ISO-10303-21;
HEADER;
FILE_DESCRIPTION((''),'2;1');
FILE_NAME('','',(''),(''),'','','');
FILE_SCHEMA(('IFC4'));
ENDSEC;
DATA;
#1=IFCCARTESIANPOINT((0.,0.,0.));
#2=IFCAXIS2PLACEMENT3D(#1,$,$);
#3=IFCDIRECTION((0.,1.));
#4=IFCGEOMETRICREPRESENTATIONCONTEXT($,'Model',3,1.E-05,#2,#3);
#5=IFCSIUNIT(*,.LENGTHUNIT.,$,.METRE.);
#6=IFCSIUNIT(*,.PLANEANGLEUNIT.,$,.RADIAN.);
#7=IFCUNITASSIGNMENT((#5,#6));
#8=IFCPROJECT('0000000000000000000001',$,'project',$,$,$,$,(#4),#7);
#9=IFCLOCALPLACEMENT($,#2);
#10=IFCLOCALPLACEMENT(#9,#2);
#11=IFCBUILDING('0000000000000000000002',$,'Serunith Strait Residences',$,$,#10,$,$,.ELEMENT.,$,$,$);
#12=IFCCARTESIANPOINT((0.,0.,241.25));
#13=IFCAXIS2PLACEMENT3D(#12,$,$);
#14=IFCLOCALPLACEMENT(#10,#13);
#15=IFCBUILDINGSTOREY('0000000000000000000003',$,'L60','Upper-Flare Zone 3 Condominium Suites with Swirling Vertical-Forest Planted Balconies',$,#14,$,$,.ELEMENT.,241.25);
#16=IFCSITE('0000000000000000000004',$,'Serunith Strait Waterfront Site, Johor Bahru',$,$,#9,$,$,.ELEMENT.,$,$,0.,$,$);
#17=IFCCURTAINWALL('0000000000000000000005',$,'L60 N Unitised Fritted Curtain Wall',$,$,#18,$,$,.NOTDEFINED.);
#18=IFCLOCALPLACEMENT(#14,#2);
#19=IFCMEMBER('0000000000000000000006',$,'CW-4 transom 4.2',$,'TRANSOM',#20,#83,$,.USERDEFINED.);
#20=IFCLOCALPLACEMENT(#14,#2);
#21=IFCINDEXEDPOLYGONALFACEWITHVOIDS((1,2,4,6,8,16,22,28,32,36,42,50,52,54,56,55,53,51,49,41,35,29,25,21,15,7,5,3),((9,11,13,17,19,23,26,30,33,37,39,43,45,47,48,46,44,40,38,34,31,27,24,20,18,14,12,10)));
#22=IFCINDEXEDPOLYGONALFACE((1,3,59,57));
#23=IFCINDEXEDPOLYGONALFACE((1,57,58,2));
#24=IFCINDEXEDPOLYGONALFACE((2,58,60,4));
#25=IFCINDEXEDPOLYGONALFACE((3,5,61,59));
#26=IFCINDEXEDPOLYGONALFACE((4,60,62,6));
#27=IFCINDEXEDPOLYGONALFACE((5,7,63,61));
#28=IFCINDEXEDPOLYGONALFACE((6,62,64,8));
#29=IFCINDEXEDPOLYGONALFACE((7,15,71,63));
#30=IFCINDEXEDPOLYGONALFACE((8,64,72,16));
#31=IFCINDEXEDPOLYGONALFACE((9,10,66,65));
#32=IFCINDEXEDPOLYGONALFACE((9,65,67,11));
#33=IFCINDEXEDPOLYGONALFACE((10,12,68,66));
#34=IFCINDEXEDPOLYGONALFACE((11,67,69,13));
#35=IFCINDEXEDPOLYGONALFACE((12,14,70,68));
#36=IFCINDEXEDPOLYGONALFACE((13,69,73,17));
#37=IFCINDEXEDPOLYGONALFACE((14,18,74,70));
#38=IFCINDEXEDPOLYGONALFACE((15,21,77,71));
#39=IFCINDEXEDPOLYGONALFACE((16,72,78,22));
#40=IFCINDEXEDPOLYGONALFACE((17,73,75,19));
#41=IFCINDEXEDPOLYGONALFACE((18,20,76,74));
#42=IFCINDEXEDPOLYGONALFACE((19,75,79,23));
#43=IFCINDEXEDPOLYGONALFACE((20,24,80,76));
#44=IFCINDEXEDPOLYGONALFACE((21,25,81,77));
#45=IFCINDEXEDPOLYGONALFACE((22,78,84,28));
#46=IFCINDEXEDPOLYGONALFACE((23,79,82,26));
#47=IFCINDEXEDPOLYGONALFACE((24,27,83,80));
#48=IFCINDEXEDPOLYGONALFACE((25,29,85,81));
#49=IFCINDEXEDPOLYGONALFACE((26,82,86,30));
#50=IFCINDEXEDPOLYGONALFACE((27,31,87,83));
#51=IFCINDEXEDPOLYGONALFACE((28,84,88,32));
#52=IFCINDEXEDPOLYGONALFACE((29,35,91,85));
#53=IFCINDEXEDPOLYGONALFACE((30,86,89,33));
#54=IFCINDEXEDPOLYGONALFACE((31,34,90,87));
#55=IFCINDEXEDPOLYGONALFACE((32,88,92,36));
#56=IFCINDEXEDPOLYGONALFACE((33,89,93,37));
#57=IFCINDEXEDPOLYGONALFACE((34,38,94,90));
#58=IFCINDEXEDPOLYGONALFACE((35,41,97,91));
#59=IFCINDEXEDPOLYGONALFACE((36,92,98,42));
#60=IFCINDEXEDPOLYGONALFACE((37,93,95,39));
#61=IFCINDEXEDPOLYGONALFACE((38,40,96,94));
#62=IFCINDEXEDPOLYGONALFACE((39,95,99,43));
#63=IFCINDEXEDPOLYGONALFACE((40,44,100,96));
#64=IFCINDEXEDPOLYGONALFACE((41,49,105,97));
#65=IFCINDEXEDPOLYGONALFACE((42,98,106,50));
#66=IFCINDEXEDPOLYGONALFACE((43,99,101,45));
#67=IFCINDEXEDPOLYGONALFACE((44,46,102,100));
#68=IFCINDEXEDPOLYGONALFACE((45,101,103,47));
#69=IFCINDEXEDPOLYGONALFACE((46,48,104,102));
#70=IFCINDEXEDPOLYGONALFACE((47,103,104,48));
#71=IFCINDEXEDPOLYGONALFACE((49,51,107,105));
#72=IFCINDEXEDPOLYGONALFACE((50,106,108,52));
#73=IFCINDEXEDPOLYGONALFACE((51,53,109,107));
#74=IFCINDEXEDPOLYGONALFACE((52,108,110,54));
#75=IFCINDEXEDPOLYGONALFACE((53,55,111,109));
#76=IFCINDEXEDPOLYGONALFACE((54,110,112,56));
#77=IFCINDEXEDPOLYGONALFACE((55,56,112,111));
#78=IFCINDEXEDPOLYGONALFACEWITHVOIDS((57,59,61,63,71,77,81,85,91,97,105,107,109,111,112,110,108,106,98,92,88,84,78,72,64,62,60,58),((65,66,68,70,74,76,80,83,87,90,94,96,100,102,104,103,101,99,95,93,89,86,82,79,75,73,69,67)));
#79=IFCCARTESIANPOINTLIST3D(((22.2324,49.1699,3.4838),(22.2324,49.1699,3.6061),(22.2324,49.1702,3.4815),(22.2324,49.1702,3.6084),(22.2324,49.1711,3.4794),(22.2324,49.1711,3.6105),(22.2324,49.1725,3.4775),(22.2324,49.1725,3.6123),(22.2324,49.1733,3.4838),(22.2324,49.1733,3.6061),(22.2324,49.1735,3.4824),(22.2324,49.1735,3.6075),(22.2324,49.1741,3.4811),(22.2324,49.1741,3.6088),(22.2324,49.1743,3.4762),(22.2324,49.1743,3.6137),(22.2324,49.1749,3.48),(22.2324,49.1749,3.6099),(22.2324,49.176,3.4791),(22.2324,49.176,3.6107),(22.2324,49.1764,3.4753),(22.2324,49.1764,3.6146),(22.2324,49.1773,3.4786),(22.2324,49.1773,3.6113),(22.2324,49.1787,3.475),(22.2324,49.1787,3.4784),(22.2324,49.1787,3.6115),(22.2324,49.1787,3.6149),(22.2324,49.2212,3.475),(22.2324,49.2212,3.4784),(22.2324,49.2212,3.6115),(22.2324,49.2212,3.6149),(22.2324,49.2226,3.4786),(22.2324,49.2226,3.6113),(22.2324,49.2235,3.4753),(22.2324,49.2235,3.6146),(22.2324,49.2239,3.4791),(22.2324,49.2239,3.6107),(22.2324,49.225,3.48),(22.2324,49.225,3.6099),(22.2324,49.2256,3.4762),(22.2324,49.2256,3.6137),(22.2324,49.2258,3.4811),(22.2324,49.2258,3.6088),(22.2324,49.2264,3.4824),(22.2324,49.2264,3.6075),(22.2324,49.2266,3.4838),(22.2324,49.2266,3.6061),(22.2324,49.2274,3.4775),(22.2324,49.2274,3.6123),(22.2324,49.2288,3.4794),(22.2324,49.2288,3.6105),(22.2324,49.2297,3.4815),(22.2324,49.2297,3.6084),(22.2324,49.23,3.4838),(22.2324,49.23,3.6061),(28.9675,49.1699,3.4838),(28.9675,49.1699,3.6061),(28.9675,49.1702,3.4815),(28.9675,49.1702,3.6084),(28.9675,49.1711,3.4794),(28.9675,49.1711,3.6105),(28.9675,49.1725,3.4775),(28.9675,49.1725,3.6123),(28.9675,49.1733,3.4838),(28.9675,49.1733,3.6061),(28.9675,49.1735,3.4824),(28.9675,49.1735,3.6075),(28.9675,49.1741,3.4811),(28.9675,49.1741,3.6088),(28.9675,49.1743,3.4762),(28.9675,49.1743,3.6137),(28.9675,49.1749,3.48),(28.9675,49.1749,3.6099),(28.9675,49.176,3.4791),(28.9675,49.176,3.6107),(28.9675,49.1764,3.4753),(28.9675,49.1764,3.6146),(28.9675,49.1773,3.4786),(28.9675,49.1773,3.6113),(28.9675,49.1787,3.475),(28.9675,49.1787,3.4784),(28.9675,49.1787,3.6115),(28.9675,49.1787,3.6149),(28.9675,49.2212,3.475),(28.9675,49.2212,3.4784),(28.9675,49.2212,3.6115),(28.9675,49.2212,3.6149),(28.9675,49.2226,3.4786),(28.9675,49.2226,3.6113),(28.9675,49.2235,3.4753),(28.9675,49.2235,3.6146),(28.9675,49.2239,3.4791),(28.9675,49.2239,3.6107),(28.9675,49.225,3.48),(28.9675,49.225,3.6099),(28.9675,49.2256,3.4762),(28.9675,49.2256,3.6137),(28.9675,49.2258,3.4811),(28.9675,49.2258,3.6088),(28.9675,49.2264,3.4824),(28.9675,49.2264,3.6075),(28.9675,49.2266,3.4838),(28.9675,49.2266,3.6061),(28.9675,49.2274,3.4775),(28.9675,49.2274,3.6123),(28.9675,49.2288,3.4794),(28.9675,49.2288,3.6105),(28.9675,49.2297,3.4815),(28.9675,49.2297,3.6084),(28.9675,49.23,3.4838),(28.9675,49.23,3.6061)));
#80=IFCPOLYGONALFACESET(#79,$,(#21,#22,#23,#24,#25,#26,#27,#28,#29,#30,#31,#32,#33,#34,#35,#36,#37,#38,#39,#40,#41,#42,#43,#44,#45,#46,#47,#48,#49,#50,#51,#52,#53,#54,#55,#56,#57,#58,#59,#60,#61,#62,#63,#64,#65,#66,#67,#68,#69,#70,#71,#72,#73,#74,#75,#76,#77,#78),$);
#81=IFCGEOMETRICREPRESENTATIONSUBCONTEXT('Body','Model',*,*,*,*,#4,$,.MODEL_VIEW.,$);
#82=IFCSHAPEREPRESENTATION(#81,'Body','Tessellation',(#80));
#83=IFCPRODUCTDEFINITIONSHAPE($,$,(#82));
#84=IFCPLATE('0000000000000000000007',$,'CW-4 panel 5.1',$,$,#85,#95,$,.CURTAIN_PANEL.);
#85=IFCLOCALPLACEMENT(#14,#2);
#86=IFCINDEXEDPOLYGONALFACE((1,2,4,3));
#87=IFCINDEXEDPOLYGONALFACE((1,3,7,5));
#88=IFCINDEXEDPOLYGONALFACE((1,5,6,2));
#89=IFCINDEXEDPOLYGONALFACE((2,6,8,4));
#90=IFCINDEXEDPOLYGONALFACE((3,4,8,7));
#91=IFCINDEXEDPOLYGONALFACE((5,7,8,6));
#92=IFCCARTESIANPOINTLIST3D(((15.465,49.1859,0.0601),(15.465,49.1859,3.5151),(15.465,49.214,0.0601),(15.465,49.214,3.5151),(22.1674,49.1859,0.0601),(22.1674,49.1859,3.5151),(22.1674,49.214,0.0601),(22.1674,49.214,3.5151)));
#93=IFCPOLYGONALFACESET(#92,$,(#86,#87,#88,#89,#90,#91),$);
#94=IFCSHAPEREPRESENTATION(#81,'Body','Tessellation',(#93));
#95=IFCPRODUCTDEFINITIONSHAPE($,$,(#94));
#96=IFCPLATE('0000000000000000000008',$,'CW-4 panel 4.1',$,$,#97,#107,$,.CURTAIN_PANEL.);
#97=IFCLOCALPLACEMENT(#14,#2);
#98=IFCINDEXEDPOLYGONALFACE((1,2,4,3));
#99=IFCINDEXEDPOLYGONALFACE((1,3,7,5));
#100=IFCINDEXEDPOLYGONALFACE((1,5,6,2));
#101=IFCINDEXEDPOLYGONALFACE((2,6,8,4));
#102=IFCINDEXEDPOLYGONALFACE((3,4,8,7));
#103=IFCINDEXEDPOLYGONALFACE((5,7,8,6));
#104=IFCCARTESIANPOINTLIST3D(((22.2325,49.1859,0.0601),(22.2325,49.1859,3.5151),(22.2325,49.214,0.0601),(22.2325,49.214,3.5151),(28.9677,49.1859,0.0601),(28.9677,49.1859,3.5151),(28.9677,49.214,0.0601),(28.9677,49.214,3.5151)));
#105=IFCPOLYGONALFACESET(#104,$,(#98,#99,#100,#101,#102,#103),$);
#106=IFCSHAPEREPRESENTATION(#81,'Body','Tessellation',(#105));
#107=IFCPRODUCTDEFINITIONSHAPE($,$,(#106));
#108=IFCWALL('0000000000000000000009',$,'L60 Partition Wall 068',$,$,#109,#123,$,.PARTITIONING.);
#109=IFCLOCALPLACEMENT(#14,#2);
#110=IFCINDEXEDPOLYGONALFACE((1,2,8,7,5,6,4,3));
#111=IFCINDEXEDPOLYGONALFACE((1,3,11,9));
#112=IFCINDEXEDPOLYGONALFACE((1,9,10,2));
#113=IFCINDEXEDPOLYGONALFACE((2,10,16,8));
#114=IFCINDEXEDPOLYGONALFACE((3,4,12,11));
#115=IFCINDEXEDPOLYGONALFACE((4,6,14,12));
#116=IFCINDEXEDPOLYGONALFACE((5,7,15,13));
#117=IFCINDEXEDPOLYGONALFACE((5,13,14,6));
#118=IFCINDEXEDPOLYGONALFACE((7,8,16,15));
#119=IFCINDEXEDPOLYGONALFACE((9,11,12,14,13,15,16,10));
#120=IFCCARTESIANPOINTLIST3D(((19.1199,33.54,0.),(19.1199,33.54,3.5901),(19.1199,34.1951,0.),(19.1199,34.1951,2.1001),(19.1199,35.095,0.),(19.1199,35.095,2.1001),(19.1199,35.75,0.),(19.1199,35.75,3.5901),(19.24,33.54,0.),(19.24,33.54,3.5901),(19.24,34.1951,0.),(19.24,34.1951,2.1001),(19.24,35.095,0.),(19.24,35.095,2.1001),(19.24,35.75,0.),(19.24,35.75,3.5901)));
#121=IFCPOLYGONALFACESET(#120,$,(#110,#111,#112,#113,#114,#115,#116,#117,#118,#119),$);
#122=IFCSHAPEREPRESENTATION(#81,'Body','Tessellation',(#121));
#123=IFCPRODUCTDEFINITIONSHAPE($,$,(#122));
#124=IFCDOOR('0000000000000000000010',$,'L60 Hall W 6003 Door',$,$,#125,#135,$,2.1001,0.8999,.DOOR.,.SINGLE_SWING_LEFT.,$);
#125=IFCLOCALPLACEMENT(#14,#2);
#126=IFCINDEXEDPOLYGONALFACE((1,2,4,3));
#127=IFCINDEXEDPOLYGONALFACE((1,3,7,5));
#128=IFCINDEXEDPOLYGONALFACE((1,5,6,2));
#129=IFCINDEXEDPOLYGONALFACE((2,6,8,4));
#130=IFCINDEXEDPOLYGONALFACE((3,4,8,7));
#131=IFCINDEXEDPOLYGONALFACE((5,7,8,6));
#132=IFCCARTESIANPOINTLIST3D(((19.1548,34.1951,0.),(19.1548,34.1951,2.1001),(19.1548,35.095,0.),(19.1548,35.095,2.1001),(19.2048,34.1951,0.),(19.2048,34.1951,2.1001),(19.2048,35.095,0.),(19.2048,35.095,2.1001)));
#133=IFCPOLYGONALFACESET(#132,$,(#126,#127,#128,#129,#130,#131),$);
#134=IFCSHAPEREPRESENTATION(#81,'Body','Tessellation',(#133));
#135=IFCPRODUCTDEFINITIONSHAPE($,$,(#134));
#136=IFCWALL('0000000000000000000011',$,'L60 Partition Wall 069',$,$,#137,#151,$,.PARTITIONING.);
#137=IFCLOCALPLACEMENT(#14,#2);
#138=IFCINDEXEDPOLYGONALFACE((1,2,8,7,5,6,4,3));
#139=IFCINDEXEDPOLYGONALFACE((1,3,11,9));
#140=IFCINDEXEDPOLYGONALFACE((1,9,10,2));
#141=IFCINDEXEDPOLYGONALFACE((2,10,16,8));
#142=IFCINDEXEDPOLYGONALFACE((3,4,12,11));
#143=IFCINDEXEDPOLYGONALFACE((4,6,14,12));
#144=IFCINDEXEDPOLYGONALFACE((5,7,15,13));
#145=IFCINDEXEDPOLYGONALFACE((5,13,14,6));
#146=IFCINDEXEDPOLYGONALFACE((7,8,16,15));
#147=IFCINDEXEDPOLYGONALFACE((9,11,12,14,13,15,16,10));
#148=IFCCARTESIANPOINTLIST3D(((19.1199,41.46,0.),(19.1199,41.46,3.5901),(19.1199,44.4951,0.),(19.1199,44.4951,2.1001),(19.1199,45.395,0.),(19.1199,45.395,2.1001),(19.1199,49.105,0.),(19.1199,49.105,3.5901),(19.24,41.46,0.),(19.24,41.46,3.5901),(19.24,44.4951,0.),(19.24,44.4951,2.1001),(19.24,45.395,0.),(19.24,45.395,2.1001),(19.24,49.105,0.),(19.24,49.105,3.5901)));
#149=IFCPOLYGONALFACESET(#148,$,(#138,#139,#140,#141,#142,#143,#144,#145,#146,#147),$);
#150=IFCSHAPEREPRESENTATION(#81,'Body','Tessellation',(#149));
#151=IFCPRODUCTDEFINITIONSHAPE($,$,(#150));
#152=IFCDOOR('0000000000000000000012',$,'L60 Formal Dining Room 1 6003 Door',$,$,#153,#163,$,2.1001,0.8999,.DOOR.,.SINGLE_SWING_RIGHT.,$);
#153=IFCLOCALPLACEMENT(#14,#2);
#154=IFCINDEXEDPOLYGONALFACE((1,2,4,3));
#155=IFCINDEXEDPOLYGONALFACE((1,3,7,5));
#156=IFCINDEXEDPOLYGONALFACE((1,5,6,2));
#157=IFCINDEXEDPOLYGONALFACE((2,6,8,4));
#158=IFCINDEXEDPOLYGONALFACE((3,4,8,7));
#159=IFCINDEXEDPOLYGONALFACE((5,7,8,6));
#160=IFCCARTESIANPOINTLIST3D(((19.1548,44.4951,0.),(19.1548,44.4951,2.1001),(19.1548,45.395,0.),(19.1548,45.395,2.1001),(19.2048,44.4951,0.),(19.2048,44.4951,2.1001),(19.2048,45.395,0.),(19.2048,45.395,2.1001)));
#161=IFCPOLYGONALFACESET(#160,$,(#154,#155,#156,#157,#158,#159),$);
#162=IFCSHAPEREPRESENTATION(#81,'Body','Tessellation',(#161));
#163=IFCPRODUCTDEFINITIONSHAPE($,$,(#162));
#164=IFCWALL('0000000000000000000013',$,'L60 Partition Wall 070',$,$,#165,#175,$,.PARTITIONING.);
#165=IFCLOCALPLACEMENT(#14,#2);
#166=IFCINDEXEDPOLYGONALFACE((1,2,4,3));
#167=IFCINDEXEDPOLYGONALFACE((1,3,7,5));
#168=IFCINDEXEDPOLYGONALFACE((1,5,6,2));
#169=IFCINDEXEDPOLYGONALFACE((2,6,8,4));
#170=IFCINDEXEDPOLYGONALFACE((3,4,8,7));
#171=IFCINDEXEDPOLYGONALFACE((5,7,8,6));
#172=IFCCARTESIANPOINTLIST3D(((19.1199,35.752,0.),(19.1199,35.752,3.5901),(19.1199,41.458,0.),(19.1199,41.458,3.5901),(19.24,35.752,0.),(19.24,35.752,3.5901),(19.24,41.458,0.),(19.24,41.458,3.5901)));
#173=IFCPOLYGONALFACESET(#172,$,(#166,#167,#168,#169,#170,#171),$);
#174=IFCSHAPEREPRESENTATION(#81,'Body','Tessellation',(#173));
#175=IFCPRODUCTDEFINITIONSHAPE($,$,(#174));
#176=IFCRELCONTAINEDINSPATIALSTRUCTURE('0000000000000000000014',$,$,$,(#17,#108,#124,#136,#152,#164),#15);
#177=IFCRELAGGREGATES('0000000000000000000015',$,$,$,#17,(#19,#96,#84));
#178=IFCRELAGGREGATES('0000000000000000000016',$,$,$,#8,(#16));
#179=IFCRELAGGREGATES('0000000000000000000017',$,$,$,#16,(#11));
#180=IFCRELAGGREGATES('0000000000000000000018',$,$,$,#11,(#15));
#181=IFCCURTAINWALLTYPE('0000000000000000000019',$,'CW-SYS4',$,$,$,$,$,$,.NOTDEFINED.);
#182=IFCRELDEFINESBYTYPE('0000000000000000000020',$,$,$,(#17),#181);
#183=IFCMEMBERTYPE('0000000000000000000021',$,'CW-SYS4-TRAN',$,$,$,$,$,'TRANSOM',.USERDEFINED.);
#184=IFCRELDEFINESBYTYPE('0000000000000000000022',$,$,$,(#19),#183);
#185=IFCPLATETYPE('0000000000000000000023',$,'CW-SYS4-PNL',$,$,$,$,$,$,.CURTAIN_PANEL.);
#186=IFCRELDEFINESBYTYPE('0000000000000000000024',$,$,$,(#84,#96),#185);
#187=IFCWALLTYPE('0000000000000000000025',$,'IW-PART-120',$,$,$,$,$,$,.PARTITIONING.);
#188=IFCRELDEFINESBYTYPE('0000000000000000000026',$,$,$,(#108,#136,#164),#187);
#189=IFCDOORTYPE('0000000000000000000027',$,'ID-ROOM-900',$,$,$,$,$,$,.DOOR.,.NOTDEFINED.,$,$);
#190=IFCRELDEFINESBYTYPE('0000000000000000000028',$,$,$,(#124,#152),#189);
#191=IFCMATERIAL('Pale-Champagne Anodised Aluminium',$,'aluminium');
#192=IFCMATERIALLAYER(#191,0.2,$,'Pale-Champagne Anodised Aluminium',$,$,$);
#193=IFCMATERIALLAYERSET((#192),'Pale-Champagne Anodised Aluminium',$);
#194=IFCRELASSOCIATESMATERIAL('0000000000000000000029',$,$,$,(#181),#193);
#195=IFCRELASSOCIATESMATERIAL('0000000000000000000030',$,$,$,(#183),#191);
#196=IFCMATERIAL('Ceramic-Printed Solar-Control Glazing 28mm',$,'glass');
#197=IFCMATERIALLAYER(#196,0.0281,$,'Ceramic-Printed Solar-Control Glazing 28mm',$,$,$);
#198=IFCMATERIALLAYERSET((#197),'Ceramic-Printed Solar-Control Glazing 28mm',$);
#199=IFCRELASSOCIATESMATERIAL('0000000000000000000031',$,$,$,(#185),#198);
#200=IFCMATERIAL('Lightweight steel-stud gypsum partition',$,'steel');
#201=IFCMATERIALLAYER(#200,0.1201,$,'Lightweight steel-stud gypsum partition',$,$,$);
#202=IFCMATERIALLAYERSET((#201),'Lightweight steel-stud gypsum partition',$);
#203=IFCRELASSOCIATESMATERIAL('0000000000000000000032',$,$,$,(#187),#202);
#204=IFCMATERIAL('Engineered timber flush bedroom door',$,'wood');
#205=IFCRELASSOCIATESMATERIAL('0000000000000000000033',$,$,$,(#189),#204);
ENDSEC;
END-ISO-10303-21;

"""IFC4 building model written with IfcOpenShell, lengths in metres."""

from ifc_helpers import new_model, si_unit, direction, frame, frame_2d, origin, origin_2d, place, context, subcontext, project, spatial, rectangle, hollow_rectangle, extrude, source, transform, mapped, material, layer, layer_set, material_profile, profile_set, type_object, element, fill, aggregate, save


model = new_model("IFC4")

# Units and contexts
model_context = context("Model", 3, precision=1e-05, world=origin(), true_north=direction((0.0, 1.0)))
body_context = subcontext(model_context, "Body", "Model", "MODEL_VIEW")
ifc_project = project(units=[si_unit("LENGTHUNIT", "METRE"), si_unit("PLANEANGLEUNIT", "RADIAN")], contexts=[model_context])

# Site, building, storey
site_placement = place(None, origin())
site = spatial("IfcSite", under=ifc_project, at=site_placement, Name="Serunith Strait Waterfront Site, Johor Bahru", CompositionType="ELEMENT", RefElevation=0.0)
building_placement = place(site_placement, origin())
building = spatial("IfcBuilding", under=site, at=building_placement, Name="Serunith Strait Residences", CompositionType="ELEMENT")
storey_placement = place(building_placement, frame((0.0, 0.0, 241.25)))
storey = spatial("IfcBuildingStorey", under=building, at=storey_placement, Name="L60", Description="Upper-Flare Zone 3 Condominium Suites with Swirling Vertical-Forest Planted Balconies", CompositionType="ELEMENT", Elevation=241.25)

# Curtain wall, member, plates
ifc_material_1 = material(Name="Pale-Champagne Anodised Aluminium", Category="aluminium")
ifc_layer_1 = layer(ifc_material_1, 0.2, Name="Pale-Champagne Anodised Aluminium")
ifc_layer_set_1 = layer_set([ifc_layer_1], Name="Pale-Champagne Anodised Aluminium")
curtain_wall_type = type_object("IfcCurtainWallType", Name="CW-SYS4", PredefinedType="NOTDEFINED", material=ifc_layer_set_1)
curtain_wall_placement = place(storey_placement, origin())
curtain_wall = element("IfcCurtainWall", 1, at=curtain_wall_placement, inside=storey, type_object=curtain_wall_type, Name="L60 N Unitised Fritted Curtain Wall", PredefinedType="NOTDEFINED")
ifc_material_profile_1 = material_profile(ifc_material_1, hollow_rectangle(XDim=0.0601, YDim=0.1399, WallThickness=0.0034, InnerFilletRadius=0.0054, OuterFilletRadius=0.0088, at=origin_2d()), Name="ALU 140x60x3.5")
ifc_profile_set_1 = profile_set([ifc_material_profile_1], Name="Pale-Champagne Anodised Aluminium")
member_type_1 = type_object("IfcMemberType", Name="CW-SYS4-TRAN", ElementType="TRANSOM", PredefinedType="USERDEFINED", material=ifc_profile_set_1)
shared_shape_1 = source(origin(), body_context, "Body", "SweptSolid", [
    extrude(hollow_rectangle(XDim=0.0601, YDim=0.1399, WallThickness=0.0034, InnerFilletRadius=0.0054, OuterFilletRadius=0.0088, at=origin_2d()), origin(), (0.0, 0.0, 1.0), 6.7351),
])
member_1_placement = place(storey_placement, frame((28.9675, 49.2, 3.5449), z_axis=(-1.0, 0.0, 0.0), x_axis=(0.0, -1.0, 0.0)))
member_1 = element("IfcMember", 2, at=member_1_placement, type_object=member_type_1, Name="CW-4 transom 4.2", ObjectType="TRANSOM", PredefinedType="USERDEFINED", context=body_context, shape_type="MappedRepresentation", body=[
    mapped(shared_shape_1, transform((0.0, 0.0, 0.0), scale=1.0)),
])
ifc_material_2 = material(Name="Ceramic-Printed Solar-Control Glazing 28mm", Category="glass")
ifc_layer_2 = layer(ifc_material_2, 0.0281, Name="Ceramic-Printed Solar-Control Glazing 28mm")
ifc_layer_set_2 = layer_set([ifc_layer_2], Name="Ceramic-Printed Solar-Control Glazing 28mm")
plate_type = type_object("IfcPlateType", Name="CW-SYS4-PNL", PredefinedType="CURTAIN_PANEL", material=ifc_layer_set_2)
shared_shape_2 = source(origin(), body_context, "Body", "SweptSolid", [
    extrude(rectangle(XDim=6.7024, YDim=0.0281, at=origin_2d()), origin(), (0.0, 0.0, 1.0), 3.4551),
])
plate_1_placement = place(storey_placement, frame((18.8162, 49.2, 0.0601), z_axis=(0.0, 0.0, 1.0), x_axis=(-1.0, 0.0, 0.0)))
plate_1 = element("IfcPlate", 3, at=plate_1_placement, type_object=plate_type, Name="CW-4 panel 5.1", PredefinedType="CURTAIN_PANEL", context=body_context, shape_type="MappedRepresentation", body=[
    mapped(shared_shape_2, transform((0.0, 0.0, 0.0), scale=1.0)),
])
shared_shape_3 = source(origin(), body_context, "Body", "SweptSolid", [
    extrude(rectangle(XDim=6.7351, YDim=0.0281, at=origin_2d()), origin(), (0.0, 0.0, 1.0), 3.4551),
])
plate_2_placement = place(storey_placement, frame((25.6001, 49.2, 0.0601), z_axis=(0.0, 0.0, 1.0), x_axis=(-1.0, 0.0, 0.0)))
plate_2 = element("IfcPlate", 4, at=plate_2_placement, type_object=plate_type, Name="CW-4 panel 4.1", PredefinedType="CURTAIN_PANEL", context=body_context, shape_type="MappedRepresentation", body=[
    mapped(shared_shape_3, transform((0.0, 0.0, 0.0), scale=1.0)),
])
aggregate(curtain_wall, [member_1, plate_2, plate_1])

# Walls, openings, doors
ifc_material_3 = material(Name="Lightweight steel-stud gypsum partition", Category="steel")
ifc_layer_3 = layer(ifc_material_3, 0.1201, Name="Lightweight steel-stud gypsum partition")
ifc_layer_set_3 = layer_set([ifc_layer_3], Name="Lightweight steel-stud gypsum partition")
wall_type_1 = type_object("IfcWallType", Name="IW-PART-120", PredefinedType="PARTITIONING", material=ifc_layer_set_3)
wall_1_placement = place(storey_placement, frame((19.1799, 35.75, 0.0), z_axis=(0.0, 0.0, 1.0), x_axis=(0.0, -1.0, 0.0)))
wall_1 = element("IfcWall", 5, at=wall_1_placement, inside=storey, type_object=wall_type_1, Name="L60 Partition Wall 068", PredefinedType="PARTITIONING", context=body_context, shape_type="SweptSolid", body=[
    extrude(rectangle(XDim=2.21, YDim=0.1201, at=frame_2d((1.105, 0.0))), origin(), (0.0, 0.0, 1.0), 3.5901),
])
opening_1_placement = place(wall_1_placement, frame((0.655, 0.0, 0.0)))
opening_1 = element("IfcOpeningElement", 6, at=opening_1_placement, cuts=wall_1, PredefinedType="OPENING", context=body_context, shape_type="SweptSolid", body=[
    extrude(rectangle(XDim=0.8999, YDim=2.1001, at=frame_2d((0.45, 1.05))), frame((0.0, 0.0701, 0.0), z_axis=(0.0, -1.0, 0.0), x_axis=(1.0, 0.0, 0.0)), (0.0, 0.0, 1.0), 0.1401),
])
ifc_material_4 = material(Name="Engineered timber flush bedroom door", Category="wood")
door_type_1 = type_object("IfcDoorType", Name="ID-ROOM-900", OperationType="NOTDEFINED", PredefinedType="DOOR", material=ifc_material_4)
shared_shape_4 = source(origin(), body_context, "Body", "SweptSolid", [
    extrude(rectangle(XDim=0.8999, YDim=2.1001, at=frame_2d((0.45, 1.05))), frame((0.0, 0.0249, 0.0), z_axis=(0.0, -1.0, 0.0), x_axis=(1.0, 0.0, 0.0)), (0.0, 0.0, 1.0), 0.05),
])
door_1_placement = place(opening_1_placement, origin())
door_1 = element("IfcDoor", 7, at=door_1_placement, inside=storey, type_object=door_type_1, Name="L60 Hall W 6003 Door", OperationType="SINGLE_SWING_LEFT", OverallHeight=2.1001, OverallWidth=0.8999, PredefinedType="DOOR", context=body_context, shape_type="MappedRepresentation", body=[
    mapped(shared_shape_4, transform((0.0, 0.0, 0.0), scale=1.0)),
])
fill(opening_1, door_1)
wall_2_placement = place(storey_placement, frame((19.1799, 49.105, 0.0), z_axis=(0.0, 0.0, 1.0), x_axis=(0.0, -1.0, 0.0)))
wall_2 = element("IfcWall", 8, at=wall_2_placement, inside=storey, type_object=wall_type_1, Name="L60 Partition Wall 069", PredefinedType="PARTITIONING", context=body_context, shape_type="SweptSolid", body=[
    extrude(rectangle(XDim=7.645, YDim=0.1201, at=frame_2d((3.8225, 0.0))), origin(), (0.0, 0.0, 1.0), 3.5901),
])
opening_2_placement = place(wall_2_placement, frame((3.71, 0.0, 0.0)))
opening_2 = element("IfcOpeningElement", 9, at=opening_2_placement, cuts=wall_2, PredefinedType="OPENING", context=body_context, shape_type="SweptSolid", body=[
    extrude(rectangle(XDim=0.8999, YDim=2.1001, at=frame_2d((0.45, 1.05))), frame((0.0, 0.0701, 0.0), z_axis=(0.0, -1.0, 0.0), x_axis=(1.0, 0.0, 0.0)), (0.0, 0.0, 1.0), 0.1401),
])
door_2_placement = place(opening_2_placement, origin())
door_2 = element("IfcDoor", 10, at=door_2_placement, inside=storey, type_object=door_type_1, Name="L60 Formal Dining Room 1 6003 Door", OperationType="SINGLE_SWING_RIGHT", OverallHeight=2.1001, OverallWidth=0.8999, PredefinedType="DOOR", context=body_context, shape_type="MappedRepresentation", body=[
    mapped(shared_shape_4, transform((0.0, 0.0, 0.0), scale=1.0)),
])
fill(opening_2, door_2)

# Wall
wall_3_placement = place(storey_placement, frame((19.1799, 41.458, 0.0), z_axis=(0.0, 0.0, 1.0), x_axis=(0.0, -1.0, 0.0)))
element("IfcWall", 11, at=wall_3_placement, inside=storey, type_object=wall_type_1, Name="L60 Partition Wall 070", PredefinedType="PARTITIONING", context=body_context, shape_type="SweptSolid", body=[
    extrude(rectangle(XDim=5.7061, YDim=0.1201, at=frame_2d((2.853, 0.0))), origin(), (0.0, 0.0, 1.0), 3.5901),
])

save(model, "model.ifc")
